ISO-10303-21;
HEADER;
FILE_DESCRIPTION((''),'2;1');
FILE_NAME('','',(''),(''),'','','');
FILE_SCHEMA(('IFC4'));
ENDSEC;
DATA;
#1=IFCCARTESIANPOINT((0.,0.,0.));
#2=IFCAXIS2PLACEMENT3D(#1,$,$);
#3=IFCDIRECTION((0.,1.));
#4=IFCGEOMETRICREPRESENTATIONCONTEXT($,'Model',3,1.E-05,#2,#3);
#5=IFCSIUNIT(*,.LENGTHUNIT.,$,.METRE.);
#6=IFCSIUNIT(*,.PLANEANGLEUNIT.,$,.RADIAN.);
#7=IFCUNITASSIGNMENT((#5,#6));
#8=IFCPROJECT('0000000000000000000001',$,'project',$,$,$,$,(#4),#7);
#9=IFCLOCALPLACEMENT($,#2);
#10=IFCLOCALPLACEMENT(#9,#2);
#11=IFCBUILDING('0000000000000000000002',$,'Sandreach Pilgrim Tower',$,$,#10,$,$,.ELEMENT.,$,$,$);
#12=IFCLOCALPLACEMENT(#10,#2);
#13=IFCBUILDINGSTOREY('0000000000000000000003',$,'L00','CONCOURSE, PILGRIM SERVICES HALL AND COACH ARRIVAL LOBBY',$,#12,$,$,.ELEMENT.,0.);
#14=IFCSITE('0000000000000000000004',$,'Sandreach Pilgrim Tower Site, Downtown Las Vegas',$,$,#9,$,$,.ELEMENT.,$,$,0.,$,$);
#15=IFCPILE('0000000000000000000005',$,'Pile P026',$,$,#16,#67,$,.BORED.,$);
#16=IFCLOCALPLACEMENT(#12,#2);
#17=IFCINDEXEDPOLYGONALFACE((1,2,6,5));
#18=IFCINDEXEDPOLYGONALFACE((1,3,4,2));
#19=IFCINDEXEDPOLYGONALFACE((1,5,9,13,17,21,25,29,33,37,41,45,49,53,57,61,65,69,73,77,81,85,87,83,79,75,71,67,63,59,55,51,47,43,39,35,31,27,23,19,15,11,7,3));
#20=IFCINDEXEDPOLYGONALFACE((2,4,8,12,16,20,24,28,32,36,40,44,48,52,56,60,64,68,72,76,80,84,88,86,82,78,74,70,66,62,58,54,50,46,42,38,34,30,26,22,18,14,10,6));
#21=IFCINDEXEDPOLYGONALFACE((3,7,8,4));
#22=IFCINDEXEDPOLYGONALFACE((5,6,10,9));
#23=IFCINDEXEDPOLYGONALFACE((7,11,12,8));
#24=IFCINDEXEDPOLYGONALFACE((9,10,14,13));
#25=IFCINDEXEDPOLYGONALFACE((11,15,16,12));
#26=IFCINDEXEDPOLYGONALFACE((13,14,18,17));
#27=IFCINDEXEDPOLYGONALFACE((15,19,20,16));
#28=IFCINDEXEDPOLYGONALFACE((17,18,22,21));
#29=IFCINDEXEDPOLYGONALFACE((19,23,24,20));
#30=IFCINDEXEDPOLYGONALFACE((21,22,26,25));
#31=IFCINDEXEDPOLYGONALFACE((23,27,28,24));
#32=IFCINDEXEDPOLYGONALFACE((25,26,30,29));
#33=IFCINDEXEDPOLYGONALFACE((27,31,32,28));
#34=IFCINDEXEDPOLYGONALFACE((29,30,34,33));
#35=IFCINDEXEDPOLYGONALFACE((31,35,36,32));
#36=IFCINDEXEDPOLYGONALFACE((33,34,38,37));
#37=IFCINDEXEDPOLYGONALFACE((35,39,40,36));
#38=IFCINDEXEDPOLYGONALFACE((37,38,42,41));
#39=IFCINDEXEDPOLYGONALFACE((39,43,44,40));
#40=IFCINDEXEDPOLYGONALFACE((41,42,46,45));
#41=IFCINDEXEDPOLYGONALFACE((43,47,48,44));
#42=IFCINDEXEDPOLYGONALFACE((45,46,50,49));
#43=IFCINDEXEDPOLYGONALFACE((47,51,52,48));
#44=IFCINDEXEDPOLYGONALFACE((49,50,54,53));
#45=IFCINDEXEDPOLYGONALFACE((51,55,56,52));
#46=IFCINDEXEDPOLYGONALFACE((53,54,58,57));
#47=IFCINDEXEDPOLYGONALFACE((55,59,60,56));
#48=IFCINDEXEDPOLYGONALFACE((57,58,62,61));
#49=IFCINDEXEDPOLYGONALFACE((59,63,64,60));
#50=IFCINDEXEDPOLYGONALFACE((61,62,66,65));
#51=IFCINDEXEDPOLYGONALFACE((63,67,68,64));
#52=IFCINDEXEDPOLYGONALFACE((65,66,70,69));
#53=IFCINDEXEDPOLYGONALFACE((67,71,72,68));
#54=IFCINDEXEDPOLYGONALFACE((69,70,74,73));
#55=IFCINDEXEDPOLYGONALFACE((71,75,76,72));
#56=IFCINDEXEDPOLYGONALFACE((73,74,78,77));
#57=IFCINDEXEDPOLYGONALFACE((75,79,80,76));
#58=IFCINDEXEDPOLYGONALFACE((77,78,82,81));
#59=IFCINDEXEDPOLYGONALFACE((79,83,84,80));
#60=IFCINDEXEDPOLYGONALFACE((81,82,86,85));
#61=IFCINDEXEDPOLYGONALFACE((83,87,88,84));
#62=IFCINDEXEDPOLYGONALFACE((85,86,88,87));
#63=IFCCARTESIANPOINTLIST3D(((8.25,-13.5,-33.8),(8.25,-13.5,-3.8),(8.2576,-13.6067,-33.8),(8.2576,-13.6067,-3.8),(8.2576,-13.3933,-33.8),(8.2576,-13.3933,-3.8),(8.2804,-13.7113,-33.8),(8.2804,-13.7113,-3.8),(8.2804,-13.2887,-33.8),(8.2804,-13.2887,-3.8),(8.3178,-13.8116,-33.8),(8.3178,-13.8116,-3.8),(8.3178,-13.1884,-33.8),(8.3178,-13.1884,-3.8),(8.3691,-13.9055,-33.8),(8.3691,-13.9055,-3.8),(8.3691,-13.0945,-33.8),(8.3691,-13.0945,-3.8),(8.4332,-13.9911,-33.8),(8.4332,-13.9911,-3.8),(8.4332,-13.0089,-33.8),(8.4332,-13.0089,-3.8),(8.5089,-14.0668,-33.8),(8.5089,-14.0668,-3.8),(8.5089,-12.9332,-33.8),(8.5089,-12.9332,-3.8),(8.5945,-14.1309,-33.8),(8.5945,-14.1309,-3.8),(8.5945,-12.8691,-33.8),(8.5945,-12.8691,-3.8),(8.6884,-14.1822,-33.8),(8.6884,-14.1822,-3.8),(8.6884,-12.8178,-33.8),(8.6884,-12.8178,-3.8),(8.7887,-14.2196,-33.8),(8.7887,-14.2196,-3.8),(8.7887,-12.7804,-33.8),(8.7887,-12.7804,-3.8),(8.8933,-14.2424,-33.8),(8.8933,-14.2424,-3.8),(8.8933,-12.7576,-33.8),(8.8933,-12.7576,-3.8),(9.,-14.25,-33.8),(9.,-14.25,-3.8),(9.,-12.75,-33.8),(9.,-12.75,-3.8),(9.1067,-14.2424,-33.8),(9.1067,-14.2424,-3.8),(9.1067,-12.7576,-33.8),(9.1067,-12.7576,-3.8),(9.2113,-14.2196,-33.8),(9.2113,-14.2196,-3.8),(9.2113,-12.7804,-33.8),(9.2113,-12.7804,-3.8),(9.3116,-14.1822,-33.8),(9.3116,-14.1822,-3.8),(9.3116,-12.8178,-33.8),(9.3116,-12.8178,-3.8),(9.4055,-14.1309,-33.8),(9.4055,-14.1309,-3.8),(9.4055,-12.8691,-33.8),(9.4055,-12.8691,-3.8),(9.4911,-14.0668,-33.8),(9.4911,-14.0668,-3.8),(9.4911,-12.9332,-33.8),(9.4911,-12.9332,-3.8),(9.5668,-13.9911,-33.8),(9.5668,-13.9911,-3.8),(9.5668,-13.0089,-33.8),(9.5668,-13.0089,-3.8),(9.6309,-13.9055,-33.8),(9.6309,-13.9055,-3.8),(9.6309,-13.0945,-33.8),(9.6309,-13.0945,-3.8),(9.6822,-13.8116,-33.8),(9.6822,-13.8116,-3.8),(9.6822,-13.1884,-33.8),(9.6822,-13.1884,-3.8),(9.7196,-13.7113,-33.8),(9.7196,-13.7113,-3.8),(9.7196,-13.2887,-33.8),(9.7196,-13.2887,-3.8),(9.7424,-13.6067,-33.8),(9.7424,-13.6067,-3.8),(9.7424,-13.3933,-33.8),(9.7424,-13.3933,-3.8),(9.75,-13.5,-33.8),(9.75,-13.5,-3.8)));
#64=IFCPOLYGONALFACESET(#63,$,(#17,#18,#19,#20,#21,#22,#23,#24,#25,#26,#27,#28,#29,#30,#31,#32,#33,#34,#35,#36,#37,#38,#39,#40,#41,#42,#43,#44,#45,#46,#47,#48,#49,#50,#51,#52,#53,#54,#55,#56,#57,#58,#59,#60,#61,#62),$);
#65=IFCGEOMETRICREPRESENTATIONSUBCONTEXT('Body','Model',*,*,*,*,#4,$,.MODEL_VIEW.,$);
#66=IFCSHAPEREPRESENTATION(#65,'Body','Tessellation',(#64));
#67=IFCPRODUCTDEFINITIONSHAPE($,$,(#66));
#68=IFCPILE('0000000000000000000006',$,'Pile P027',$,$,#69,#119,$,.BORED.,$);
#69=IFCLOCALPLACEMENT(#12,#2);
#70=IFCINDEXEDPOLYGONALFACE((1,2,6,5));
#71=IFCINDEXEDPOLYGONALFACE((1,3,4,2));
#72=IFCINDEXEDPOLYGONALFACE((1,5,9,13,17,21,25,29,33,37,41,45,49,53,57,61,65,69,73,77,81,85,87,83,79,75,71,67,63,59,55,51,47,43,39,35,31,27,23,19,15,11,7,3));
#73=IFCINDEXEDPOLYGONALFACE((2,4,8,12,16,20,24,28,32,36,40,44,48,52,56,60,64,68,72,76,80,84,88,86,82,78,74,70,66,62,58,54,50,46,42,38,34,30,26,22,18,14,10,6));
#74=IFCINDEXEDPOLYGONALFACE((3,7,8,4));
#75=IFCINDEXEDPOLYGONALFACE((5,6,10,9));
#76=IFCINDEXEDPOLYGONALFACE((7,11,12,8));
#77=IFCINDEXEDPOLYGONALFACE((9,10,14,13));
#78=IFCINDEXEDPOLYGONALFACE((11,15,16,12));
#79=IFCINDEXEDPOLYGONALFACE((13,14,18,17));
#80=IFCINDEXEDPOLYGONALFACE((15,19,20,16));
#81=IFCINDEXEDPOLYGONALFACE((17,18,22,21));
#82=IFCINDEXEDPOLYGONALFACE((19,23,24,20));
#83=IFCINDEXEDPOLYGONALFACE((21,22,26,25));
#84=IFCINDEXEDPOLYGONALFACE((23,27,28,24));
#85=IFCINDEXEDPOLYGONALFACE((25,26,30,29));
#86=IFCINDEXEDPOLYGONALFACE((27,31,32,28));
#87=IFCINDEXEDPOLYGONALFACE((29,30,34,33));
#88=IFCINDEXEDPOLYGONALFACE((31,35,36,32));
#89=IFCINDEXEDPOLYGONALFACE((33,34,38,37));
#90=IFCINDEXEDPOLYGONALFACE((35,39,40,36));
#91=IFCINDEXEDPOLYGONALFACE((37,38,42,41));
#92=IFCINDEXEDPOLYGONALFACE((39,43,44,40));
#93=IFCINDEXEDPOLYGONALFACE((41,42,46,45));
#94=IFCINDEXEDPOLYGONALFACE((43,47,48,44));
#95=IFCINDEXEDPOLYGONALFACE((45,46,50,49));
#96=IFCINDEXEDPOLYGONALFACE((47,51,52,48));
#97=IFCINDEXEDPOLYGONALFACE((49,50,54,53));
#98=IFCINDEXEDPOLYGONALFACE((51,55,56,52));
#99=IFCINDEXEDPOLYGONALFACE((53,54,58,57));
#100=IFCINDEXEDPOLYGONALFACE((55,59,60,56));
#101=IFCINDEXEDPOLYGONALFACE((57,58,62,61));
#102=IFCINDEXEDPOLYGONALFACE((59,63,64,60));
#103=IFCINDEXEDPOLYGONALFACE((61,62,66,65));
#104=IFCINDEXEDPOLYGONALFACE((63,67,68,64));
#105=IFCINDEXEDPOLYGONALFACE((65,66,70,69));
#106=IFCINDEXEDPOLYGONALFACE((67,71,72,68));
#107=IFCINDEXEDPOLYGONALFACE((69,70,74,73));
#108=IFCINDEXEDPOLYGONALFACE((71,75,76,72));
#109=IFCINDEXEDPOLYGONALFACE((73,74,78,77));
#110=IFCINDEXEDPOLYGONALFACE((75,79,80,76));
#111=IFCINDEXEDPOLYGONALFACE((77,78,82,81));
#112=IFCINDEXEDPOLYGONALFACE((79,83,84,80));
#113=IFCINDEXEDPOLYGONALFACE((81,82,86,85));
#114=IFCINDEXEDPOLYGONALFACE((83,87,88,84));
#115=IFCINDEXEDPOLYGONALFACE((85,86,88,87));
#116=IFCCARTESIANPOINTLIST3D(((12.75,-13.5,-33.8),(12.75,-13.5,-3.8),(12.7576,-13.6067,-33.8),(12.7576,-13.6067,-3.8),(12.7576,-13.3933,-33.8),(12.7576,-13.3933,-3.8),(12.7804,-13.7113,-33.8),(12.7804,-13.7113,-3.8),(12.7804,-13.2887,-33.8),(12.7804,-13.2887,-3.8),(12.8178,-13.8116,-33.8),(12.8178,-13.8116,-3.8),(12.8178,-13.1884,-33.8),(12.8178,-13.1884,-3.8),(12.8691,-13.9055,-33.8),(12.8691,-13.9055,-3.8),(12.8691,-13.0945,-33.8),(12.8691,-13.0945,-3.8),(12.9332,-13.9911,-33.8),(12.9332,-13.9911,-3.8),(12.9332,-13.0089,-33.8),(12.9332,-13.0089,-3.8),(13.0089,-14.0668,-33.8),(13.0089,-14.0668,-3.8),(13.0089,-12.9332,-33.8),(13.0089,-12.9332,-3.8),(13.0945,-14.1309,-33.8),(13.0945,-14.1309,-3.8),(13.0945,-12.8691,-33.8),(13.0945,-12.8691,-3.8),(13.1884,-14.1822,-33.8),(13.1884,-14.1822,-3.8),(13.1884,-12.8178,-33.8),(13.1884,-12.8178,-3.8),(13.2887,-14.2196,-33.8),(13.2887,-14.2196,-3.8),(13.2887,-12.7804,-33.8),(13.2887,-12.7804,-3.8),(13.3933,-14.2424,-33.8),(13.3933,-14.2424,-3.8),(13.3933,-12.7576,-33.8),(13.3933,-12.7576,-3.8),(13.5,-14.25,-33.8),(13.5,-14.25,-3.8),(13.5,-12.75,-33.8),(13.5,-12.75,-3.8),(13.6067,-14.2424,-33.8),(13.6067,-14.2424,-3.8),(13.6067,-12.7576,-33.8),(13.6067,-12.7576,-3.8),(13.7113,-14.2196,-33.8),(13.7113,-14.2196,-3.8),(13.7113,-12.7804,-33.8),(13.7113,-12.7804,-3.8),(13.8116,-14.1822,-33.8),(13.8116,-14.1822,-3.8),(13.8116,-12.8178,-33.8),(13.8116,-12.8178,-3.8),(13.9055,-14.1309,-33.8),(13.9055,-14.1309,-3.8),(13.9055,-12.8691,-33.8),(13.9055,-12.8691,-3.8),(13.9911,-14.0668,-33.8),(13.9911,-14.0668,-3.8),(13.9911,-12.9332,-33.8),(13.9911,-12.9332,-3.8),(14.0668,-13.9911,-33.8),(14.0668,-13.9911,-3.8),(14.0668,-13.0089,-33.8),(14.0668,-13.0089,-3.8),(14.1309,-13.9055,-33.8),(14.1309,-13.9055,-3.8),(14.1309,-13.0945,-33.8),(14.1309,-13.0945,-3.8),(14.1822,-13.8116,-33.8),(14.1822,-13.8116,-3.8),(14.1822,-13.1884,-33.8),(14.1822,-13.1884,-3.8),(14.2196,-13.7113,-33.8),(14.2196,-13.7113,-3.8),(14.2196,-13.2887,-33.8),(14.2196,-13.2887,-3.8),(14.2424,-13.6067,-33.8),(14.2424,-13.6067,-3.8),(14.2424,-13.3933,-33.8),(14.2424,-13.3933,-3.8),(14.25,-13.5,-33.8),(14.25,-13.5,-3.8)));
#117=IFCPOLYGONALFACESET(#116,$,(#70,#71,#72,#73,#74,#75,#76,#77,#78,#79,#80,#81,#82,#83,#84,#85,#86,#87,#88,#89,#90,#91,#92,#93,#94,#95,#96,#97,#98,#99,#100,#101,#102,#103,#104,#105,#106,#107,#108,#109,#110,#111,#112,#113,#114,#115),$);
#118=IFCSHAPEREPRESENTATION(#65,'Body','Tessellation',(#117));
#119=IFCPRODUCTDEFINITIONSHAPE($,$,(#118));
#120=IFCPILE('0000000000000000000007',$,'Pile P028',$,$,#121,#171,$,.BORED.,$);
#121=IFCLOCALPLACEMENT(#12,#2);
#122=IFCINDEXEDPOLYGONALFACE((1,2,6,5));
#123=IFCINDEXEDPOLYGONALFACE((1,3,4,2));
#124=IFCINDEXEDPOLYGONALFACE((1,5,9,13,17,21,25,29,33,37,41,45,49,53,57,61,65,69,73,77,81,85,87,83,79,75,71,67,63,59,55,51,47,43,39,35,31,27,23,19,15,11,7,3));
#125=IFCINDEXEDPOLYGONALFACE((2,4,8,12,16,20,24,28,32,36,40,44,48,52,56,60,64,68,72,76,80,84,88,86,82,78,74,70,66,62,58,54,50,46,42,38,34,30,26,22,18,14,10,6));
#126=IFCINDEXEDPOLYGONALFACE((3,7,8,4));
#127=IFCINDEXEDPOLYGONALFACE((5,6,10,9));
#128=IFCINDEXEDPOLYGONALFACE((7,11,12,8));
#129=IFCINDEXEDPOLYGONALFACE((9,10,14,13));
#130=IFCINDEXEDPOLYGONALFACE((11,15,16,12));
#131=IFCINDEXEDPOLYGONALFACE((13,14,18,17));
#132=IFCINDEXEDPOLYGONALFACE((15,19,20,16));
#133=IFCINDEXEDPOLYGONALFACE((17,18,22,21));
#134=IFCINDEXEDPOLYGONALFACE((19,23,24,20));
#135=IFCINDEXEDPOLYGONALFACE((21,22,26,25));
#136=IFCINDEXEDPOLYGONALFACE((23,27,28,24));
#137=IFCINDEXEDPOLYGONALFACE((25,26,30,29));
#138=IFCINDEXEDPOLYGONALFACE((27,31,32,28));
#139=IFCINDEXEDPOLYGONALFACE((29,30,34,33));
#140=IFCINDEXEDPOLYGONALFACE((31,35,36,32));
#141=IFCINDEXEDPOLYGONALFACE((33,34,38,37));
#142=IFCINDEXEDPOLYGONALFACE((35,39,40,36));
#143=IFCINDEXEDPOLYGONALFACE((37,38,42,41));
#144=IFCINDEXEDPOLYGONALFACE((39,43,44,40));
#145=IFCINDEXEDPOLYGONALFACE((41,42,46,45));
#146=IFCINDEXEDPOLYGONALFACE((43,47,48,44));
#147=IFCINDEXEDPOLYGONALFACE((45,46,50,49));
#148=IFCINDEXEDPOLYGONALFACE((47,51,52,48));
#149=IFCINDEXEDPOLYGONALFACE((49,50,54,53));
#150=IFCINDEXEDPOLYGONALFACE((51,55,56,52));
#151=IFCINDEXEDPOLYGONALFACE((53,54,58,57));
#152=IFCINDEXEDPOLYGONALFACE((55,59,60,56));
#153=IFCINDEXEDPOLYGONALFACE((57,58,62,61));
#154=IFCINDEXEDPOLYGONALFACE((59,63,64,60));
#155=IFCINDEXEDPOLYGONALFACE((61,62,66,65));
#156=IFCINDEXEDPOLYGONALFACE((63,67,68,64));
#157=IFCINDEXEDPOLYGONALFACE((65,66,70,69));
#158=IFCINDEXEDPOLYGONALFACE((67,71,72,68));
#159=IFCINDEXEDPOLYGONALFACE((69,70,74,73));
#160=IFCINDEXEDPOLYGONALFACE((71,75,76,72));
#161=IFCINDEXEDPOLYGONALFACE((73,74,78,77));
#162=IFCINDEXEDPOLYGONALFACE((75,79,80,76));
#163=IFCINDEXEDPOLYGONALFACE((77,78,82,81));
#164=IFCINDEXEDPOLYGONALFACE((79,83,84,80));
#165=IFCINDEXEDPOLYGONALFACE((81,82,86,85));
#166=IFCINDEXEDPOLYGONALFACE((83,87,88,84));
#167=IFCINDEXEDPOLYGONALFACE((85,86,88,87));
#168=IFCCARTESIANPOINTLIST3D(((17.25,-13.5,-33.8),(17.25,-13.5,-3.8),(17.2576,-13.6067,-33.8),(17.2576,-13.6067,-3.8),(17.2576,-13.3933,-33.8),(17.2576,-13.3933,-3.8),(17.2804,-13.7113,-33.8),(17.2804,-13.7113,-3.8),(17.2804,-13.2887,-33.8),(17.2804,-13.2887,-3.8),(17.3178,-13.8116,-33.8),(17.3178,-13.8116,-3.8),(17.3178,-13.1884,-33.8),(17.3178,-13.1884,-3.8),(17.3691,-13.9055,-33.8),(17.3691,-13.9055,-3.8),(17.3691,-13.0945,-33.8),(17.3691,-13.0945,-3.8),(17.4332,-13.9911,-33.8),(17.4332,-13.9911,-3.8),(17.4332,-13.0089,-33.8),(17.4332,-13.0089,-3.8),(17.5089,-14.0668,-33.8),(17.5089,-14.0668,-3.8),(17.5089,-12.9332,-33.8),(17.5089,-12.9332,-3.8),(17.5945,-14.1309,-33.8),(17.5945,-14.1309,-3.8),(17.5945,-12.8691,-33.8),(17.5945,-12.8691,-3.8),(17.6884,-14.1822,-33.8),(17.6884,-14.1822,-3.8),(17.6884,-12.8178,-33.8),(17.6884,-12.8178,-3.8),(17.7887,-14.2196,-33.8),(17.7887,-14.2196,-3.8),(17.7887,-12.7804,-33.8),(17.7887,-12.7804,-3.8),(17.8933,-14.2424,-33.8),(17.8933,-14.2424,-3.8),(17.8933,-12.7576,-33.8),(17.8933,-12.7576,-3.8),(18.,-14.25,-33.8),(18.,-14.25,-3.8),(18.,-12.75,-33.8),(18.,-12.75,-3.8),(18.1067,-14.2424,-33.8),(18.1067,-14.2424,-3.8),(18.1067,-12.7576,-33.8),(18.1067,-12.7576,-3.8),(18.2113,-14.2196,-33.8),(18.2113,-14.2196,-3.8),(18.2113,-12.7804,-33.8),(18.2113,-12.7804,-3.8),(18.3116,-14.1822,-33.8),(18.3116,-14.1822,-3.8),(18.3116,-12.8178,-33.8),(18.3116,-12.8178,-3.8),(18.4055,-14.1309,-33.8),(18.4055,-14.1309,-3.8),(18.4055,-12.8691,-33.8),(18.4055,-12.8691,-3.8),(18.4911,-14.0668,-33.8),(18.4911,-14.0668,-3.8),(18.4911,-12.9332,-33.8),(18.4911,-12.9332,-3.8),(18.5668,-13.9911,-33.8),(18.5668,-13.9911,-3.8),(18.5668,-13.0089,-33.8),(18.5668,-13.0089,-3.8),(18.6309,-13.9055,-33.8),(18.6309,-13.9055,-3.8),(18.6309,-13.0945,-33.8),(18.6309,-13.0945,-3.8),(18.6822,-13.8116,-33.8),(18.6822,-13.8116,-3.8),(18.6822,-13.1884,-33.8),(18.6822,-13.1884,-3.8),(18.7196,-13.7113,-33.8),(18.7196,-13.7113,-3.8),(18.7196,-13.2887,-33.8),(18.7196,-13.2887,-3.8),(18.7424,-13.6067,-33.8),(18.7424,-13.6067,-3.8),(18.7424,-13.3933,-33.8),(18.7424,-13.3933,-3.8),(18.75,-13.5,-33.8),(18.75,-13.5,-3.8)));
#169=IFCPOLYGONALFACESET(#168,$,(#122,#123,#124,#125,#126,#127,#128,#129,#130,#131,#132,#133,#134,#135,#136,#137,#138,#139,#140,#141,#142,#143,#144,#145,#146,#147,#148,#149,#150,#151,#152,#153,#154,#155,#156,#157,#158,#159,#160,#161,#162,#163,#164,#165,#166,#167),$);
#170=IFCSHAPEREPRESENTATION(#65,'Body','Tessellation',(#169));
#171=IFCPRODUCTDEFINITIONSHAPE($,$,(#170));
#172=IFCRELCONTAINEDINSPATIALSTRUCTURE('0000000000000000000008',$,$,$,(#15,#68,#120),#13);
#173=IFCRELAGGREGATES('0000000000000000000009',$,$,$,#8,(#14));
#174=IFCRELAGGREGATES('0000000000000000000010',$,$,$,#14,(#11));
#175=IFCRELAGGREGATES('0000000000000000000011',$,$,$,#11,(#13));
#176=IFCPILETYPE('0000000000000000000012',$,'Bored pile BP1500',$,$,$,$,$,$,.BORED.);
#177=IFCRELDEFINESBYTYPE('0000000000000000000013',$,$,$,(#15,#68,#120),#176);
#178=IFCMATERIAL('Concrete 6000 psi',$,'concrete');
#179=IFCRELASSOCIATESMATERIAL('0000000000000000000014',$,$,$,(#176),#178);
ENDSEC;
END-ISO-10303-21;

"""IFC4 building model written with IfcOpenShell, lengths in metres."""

from ifc_helpers import new_model, si_unit, direction, frame, origin, origin_2d, place, context, subcontext, project, spatial, circle, extrude, material, material_profile, profile_set, type_object, element, save


model = new_model("IFC4")

# Units and contexts
model_context = context("Model", 3, precision=1e-05, world=origin(), true_north=direction((0.0, 1.0)))
body_context = subcontext(model_context, "Body", "Model", "MODEL_VIEW")
ifc_project = project(units=[si_unit("LENGTHUNIT", "METRE"), si_unit("PLANEANGLEUNIT", "RADIAN")], contexts=[model_context])

# Site, building, storey
site_placement = place(None, origin())
site = spatial("IfcSite", under=ifc_project, at=site_placement, Name="Sandreach Pilgrim Tower Site, Downtown Las Vegas", CompositionType="ELEMENT", RefElevation=0.0)
building_placement = place(site_placement, origin())
building = spatial("IfcBuilding", under=site, at=building_placement, Name="Sandreach Pilgrim Tower", CompositionType="ELEMENT")
storey_placement = place(building_placement, origin())
storey = spatial("IfcBuildingStorey", under=building, at=storey_placement, Name="L00", Description="CONCOURSE, PILGRIM SERVICES HALL AND COACH ARRIVAL LOBBY", CompositionType="ELEMENT", Elevation=0.0)

# Piles
ifc_material_1 = material(Name="Concrete 6000 psi", Category="concrete")
ifc_material_profile_1 = material_profile(ifc_material_1, circle(Radius=0.75, at=origin_2d()), Name="BP1500")
ifc_profile_set_1 = profile_set([ifc_material_profile_1], Name="Concrete 6000 psi")
pile_type = type_object("IfcPileType", Name="Bored pile BP1500", PredefinedType="BORED", material=ifc_profile_set_1)
for number, where, z_axis, x_axis, name in (
    (1, (9.0, -13.5, -3.8), (0.0, 0.0, -1.0), (1.0, 0.0, 0.0), "Pile P026"),
    (2, (13.5, -13.5, -3.8), (0.0, 0.0, -1.0), (1.0, 0.0, 0.0), "Pile P027"),
    (3, (18.0, -13.5, -3.8), (0.0, 0.0, -1.0), (1.0, 0.0, 0.0), "Pile P028"),
):
    element("IfcPile", number, at=place(storey_placement, frame(where, z_axis=z_axis, x_axis=x_axis)), inside=storey, type_object=pile_type, Name=name, PredefinedType="BORED", context=body_context, shape_type="SweptSolid", body=[
        extrude(circle(Radius=0.75, at=origin_2d()), origin(), (0.0, 0.0, 1.0), 30.0),
    ])

save(model, "model.ifc")
